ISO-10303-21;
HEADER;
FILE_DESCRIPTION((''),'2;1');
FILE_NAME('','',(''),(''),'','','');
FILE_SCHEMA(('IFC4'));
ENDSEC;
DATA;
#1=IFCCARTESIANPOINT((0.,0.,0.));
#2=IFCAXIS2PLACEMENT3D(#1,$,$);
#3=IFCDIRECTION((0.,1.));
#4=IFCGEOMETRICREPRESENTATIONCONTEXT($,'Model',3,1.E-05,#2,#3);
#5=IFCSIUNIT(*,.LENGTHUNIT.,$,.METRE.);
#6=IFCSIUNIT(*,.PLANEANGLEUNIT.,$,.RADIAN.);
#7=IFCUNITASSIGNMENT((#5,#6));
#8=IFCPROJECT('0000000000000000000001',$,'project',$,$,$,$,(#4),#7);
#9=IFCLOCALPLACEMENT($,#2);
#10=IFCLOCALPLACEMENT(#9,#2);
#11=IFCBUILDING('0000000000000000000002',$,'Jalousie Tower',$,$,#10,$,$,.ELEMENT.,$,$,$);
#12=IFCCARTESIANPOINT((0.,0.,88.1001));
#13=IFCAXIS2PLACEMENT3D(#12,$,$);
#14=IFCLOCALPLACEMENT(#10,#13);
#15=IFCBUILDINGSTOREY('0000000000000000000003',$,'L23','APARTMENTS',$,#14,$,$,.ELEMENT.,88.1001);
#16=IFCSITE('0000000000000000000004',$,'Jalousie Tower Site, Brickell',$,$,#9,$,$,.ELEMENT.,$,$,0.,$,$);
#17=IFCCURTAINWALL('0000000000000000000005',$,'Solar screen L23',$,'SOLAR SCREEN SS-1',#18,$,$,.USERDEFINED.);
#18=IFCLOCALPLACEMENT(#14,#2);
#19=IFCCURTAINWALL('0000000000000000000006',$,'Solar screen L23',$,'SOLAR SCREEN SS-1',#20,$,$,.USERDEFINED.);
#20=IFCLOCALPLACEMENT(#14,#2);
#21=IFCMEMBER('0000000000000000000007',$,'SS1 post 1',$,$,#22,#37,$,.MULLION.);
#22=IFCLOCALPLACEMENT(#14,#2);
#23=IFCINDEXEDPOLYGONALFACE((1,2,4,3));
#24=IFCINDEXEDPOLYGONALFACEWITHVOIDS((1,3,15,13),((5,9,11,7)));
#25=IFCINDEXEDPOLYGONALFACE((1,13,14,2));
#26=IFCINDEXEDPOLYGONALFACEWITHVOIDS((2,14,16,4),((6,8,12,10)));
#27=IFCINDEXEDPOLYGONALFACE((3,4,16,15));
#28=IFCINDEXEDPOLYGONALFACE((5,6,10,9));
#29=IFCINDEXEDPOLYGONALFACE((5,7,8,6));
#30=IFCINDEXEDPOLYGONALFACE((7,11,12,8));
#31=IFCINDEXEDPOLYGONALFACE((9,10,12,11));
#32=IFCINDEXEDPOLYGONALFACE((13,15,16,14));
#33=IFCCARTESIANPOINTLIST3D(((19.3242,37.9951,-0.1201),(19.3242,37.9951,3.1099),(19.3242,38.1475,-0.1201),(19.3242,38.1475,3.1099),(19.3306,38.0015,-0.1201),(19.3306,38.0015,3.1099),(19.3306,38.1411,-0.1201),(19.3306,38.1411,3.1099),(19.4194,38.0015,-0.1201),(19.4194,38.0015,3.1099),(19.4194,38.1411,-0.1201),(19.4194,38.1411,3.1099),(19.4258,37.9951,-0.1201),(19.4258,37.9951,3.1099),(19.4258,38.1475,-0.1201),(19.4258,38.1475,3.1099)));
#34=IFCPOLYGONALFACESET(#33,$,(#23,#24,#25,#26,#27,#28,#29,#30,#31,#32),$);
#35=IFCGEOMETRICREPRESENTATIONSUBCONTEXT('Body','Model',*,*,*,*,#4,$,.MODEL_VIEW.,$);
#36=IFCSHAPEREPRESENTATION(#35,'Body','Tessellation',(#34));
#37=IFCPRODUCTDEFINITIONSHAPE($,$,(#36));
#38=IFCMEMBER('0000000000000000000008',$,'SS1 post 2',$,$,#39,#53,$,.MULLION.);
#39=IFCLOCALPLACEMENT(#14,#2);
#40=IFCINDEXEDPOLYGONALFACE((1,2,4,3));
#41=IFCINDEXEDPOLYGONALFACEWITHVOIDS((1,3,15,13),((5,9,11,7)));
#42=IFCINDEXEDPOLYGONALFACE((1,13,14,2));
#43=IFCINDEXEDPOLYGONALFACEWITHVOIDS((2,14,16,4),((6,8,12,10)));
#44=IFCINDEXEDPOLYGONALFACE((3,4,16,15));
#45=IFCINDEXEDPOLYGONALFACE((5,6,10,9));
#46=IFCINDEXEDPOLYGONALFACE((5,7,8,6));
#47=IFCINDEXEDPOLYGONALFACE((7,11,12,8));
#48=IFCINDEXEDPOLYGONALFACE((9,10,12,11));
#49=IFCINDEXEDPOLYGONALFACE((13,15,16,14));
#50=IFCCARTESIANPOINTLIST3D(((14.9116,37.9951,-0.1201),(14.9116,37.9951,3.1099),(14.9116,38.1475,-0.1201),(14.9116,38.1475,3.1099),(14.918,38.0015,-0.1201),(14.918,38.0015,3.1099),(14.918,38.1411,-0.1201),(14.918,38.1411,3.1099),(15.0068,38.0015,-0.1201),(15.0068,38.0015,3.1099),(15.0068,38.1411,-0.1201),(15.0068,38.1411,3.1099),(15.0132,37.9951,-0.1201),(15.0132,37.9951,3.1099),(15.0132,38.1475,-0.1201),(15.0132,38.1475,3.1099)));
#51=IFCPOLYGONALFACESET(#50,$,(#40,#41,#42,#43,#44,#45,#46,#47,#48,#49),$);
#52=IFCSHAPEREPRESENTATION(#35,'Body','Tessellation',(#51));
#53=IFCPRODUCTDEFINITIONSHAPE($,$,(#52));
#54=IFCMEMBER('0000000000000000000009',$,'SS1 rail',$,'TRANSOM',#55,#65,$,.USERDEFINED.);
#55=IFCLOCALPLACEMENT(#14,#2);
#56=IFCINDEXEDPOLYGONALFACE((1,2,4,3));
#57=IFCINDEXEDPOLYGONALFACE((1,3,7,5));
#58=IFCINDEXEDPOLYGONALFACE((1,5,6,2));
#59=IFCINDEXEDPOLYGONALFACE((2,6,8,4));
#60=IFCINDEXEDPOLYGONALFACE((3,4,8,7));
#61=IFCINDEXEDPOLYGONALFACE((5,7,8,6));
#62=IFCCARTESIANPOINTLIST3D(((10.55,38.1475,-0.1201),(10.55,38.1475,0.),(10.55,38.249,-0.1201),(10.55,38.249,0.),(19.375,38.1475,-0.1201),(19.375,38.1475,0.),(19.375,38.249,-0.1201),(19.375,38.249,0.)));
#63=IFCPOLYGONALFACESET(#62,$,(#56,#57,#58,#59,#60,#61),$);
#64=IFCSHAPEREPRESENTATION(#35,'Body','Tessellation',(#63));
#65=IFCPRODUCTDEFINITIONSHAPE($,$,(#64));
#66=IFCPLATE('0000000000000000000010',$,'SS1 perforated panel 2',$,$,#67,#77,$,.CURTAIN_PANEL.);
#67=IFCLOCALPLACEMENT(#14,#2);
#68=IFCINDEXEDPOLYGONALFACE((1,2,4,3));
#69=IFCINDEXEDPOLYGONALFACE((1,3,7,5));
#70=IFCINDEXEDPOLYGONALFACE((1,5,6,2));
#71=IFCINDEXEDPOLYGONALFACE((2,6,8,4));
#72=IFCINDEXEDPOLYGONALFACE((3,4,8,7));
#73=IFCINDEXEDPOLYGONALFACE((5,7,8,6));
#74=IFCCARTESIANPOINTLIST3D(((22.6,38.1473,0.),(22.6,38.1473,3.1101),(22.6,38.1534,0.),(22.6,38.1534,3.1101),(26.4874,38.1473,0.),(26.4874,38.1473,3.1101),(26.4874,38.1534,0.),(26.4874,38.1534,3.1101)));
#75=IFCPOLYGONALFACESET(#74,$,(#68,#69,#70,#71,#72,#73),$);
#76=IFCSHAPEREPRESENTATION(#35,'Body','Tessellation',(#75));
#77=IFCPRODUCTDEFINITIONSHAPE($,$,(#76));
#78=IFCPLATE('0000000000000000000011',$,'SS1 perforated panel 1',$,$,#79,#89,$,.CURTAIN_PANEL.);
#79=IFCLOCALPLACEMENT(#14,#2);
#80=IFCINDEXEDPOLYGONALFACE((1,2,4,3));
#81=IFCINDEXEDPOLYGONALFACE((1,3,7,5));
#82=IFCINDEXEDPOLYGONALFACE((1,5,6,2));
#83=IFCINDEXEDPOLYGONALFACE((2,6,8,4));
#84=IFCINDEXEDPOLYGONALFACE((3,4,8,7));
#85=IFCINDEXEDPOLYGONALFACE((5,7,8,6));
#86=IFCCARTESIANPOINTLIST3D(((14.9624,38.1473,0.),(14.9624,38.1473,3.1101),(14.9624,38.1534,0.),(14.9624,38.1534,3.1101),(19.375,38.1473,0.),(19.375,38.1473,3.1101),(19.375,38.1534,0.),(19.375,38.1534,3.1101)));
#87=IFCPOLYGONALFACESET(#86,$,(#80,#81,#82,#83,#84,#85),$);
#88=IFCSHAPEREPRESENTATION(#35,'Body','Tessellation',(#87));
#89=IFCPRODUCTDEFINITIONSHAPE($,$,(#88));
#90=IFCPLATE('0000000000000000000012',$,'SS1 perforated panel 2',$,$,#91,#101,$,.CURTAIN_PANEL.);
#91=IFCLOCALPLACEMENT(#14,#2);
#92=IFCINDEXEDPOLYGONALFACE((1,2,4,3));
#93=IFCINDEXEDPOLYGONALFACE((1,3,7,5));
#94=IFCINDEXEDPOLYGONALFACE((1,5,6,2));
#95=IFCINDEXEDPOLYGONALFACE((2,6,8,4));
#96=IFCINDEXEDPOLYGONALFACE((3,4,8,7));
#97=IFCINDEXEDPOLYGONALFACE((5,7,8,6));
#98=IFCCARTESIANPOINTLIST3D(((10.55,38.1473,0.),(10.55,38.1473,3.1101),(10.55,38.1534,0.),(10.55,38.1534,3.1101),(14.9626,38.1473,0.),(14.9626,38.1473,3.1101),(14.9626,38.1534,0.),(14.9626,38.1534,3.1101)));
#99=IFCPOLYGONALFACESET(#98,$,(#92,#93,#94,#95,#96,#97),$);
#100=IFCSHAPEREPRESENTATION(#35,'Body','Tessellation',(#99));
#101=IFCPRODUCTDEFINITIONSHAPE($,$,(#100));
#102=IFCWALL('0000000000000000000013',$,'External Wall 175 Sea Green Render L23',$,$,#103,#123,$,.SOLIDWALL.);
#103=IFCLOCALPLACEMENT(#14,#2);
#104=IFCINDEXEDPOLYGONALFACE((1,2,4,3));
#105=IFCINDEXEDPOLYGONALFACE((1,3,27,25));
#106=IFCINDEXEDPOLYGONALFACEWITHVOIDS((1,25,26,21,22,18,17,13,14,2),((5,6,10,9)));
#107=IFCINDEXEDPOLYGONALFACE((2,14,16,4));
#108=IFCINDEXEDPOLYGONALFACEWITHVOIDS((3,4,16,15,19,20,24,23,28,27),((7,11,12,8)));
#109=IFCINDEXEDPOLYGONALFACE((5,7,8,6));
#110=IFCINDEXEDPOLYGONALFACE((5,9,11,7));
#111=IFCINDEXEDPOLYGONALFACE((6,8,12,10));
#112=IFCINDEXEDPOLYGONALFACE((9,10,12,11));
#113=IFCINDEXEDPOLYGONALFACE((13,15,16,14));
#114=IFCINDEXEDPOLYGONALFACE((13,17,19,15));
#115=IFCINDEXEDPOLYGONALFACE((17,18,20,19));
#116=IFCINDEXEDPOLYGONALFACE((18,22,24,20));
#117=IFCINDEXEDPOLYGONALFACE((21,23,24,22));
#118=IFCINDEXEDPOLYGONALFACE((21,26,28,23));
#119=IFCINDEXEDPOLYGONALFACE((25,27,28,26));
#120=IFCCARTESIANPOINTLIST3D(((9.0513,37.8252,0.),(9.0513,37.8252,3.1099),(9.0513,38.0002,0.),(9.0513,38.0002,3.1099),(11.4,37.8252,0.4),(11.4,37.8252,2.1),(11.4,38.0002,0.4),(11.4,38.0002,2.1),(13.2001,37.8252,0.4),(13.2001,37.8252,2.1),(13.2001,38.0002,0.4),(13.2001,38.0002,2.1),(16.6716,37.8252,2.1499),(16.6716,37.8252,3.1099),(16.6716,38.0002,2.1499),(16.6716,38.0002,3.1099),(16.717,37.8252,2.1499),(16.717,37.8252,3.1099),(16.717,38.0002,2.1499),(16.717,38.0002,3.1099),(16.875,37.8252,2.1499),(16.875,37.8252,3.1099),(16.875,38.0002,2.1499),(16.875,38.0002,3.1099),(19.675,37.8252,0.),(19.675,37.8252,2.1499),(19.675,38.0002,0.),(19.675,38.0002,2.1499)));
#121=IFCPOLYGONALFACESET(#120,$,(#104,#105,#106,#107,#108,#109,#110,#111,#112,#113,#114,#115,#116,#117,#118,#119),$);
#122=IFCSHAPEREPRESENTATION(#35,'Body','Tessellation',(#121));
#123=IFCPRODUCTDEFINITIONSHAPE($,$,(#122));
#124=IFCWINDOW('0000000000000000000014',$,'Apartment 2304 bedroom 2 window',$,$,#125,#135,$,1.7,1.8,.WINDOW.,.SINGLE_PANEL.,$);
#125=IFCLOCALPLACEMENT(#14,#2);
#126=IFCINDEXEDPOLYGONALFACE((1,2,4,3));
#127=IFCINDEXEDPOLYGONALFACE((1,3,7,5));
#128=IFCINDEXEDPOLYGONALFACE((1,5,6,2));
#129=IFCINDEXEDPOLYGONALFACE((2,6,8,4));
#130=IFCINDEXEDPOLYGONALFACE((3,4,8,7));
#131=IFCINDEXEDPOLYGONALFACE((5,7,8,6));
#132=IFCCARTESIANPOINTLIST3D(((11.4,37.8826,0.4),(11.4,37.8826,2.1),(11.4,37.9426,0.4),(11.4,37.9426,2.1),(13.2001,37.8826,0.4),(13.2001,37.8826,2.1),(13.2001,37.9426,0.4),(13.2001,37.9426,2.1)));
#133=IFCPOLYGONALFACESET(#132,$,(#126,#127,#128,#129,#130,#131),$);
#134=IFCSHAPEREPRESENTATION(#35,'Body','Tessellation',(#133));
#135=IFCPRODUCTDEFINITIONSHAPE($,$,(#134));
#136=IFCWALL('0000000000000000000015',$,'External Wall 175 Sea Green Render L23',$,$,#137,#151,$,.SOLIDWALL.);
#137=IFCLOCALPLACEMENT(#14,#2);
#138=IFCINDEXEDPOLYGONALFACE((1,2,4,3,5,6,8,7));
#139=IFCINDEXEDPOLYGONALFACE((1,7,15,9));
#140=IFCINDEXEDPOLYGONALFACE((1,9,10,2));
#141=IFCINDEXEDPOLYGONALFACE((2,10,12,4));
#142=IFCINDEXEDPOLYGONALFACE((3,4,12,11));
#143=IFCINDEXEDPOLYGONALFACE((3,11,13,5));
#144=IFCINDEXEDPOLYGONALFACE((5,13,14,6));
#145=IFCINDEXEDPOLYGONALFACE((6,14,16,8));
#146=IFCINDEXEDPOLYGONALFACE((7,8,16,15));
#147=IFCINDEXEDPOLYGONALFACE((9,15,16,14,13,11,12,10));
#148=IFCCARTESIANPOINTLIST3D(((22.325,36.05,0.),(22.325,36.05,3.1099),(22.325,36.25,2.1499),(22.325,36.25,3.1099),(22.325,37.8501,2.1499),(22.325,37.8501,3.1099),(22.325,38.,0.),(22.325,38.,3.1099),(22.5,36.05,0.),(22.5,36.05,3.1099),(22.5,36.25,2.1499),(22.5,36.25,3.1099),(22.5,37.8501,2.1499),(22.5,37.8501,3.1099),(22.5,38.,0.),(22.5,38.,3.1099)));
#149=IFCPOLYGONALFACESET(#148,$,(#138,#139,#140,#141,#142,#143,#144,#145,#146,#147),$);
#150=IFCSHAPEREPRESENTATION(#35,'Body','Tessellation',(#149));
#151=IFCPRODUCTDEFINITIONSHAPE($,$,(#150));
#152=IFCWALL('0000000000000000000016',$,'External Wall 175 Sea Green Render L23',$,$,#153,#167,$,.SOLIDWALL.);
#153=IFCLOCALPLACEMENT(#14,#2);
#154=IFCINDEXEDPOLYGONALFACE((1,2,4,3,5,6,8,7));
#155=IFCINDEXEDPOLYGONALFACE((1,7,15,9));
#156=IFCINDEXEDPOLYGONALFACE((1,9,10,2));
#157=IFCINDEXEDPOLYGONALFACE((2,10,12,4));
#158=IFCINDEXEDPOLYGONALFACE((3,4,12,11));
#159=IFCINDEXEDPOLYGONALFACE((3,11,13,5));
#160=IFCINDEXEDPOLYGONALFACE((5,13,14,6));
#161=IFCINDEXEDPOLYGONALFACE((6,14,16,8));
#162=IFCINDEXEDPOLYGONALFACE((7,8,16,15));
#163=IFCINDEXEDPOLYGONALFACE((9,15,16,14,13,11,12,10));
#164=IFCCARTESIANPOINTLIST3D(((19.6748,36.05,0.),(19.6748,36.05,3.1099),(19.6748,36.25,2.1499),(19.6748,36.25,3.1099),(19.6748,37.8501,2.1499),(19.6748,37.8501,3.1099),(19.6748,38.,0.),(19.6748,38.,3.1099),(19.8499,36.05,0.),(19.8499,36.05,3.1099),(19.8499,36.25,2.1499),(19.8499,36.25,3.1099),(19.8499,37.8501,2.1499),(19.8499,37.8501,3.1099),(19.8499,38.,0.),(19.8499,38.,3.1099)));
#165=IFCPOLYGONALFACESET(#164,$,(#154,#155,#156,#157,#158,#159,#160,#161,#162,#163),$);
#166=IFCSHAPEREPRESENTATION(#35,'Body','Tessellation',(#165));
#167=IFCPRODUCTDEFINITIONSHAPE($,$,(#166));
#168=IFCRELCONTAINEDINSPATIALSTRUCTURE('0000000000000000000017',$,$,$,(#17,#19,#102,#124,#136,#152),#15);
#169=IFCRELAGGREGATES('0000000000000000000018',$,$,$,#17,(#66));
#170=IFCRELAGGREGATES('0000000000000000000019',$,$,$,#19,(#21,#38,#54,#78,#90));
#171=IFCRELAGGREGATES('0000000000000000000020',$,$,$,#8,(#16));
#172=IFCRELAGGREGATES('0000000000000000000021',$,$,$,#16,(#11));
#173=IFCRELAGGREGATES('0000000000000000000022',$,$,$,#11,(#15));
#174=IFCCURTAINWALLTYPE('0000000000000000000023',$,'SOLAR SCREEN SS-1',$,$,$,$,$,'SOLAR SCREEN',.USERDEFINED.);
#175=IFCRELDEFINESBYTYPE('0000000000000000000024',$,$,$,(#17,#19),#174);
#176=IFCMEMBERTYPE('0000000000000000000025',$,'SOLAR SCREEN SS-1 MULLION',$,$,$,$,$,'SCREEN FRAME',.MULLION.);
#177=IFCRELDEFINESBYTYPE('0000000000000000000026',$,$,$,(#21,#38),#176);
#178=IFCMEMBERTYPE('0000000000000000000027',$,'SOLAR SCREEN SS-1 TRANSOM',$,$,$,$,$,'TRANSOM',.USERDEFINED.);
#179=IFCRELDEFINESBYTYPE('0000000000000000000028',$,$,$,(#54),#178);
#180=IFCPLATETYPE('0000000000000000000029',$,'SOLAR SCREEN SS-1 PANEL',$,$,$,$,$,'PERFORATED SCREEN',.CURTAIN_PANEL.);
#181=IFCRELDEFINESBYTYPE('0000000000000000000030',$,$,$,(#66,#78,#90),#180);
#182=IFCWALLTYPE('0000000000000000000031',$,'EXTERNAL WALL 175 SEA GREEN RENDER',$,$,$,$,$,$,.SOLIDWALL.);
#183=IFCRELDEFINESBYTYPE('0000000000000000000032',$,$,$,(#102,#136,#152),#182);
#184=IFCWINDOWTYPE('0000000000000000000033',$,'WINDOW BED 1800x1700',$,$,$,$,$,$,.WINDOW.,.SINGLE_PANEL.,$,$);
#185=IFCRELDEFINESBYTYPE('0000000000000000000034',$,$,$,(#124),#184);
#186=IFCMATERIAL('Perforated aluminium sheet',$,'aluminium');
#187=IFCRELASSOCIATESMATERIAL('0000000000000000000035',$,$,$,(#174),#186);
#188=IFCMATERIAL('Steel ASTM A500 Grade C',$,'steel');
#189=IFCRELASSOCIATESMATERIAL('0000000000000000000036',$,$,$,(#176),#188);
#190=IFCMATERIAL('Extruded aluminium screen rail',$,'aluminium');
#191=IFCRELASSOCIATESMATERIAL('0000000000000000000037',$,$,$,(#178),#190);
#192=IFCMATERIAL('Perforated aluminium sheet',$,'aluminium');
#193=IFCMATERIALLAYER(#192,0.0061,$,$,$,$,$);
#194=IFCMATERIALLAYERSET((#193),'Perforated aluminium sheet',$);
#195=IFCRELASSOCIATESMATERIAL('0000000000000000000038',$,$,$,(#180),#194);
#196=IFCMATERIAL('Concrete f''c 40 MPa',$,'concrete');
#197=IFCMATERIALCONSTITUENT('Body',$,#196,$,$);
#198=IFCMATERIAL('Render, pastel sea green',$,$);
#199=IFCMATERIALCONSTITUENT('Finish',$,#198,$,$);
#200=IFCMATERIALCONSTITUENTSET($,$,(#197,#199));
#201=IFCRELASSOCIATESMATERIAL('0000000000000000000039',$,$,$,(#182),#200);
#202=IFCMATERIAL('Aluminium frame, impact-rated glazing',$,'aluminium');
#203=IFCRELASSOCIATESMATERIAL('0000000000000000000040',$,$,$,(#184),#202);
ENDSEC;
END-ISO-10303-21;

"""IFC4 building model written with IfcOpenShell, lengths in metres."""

from ifc_helpers import new_model, si_unit, direction, frame, frame_2d, origin, origin_2d, place, context, subcontext, project, spatial, polyline, rectangle, hollow_rectangle, outline, extrude, material, layer, layer_set, constituent, constituent_set, material_profile, profile_set, type_object, element, fill, aggregate, save


model = new_model("IFC4")

# Units and contexts
model_context = context("Model", 3, precision=1e-05, world=origin(), true_north=direction((0.0, 1.0)))
body_context = subcontext(model_context, "Body", "Model", "MODEL_VIEW")
ifc_project = project(units=[si_unit("LENGTHUNIT", "METRE"), si_unit("PLANEANGLEUNIT", "RADIAN")], contexts=[model_context])

# Site, building, storey
site_placement = place(None, origin())
site = spatial("IfcSite", under=ifc_project, at=site_placement, Name="Jalousie Tower Site, Brickell", CompositionType="ELEMENT", RefElevation=0.0)
building_placement = place(site_placement, origin())
building = spatial("IfcBuilding", under=site, at=building_placement, Name="Jalousie Tower", CompositionType="ELEMENT")
storey_placement = place(building_placement, frame((0.0, 0.0, 88.1001)))
storey = spatial("IfcBuildingStorey", under=building, at=storey_placement, Name="L23", Description="APARTMENTS", CompositionType="ELEMENT", Elevation=88.1001)

# Curtain walls, members
ifc_material_1 = material(Name="Perforated aluminium sheet", Category="aluminium")
curtain_wall_type = type_object("IfcCurtainWallType", Name="SOLAR SCREEN SS-1", ElementType="SOLAR SCREEN", PredefinedType="USERDEFINED", material=ifc_material_1)
curtain_wall_1_placement = place(storey_placement, origin())
curtain_wall_1 = element("IfcCurtainWall", 1, at=curtain_wall_1_placement, inside=storey, type_object=curtain_wall_type, Name="Solar screen L23", ObjectType="SOLAR SCREEN SS-1", PredefinedType="USERDEFINED")
ifc_material_2 = material(Name="Steel ASTM A500 Grade C", Category="steel")
ifc_material_profile_1 = material_profile(ifc_material_2, hollow_rectangle(XDim=0.1016, YDim=0.1523, WallThickness=0.0063, at=origin_2d()), Name="HSS6X4X1/4")
ifc_profile_set_1 = profile_set([ifc_material_profile_1], Name="Steel ASTM A500 Grade C")
member_type_1 = type_object("IfcMemberType", Name="SOLAR SCREEN SS-1 MULLION", ElementType="SCREEN FRAME", PredefinedType="MULLION", material=ifc_profile_set_1)
curtain_wall_2_placement = place(storey_placement, origin())
curtain_wall_2 = element("IfcCurtainWall", 2, at=curtain_wall_2_placement, inside=storey, type_object=curtain_wall_type, Name="Solar screen L23", ObjectType="SOLAR SCREEN SS-1", PredefinedType="USERDEFINED")
member_1_placement = place(storey_placement, frame((19.375, 38.0713, -0.1201), z_axis=(0.0, 0.0, 1.0), x_axis=(-1.0, 0.0, 0.0)))
member_1 = element("IfcMember", 3, at=member_1_placement, type_object=member_type_1, Name="SS1 post 1", PredefinedType="MULLION", context=body_context, shape_type="SweptSolid", body=[
    extrude(hollow_rectangle(XDim=0.1016, YDim=0.1523, WallThickness=0.0063, at=origin_2d()), origin(), (0.0, 0.0, 1.0), 3.23),
])
member_2_placement = place(storey_placement, frame((14.9624, 38.0713, -0.1201), z_axis=(0.0, 0.0, 1.0), x_axis=(-1.0, 0.0, 0.0)))
member_2 = element("IfcMember", 4, at=member_2_placement, type_object=member_type_1, Name="SS1 post 2", PredefinedType="MULLION", context=body_context, shape_type="SweptSolid", body=[
    extrude(hollow_rectangle(XDim=0.1016, YDim=0.1523, WallThickness=0.0063, at=origin_2d()), origin(), (0.0, 0.0, 1.0), 3.23),
])
ifc_material_3 = material(Name="Extruded aluminium screen rail", Category="aluminium")
ifc_material_profile_2 = material_profile(ifc_material_3, rectangle(XDim=0.1016, YDim=0.1201, at=origin_2d()), Name="RAIL 102x120")
ifc_profile_set_2 = profile_set([ifc_material_profile_2], Name="Extruded aluminium screen rail")
member_type_2 = type_object("IfcMemberType", Name="SOLAR SCREEN SS-1 TRANSOM", ElementType="TRANSOM", PredefinedType="USERDEFINED", material=ifc_profile_set_2)
member_3_placement = place(storey_placement, frame((19.375, 38.1982, -0.0601), z_axis=(-1.0, 0.0, 0.0), x_axis=(0.0, -1.0, 0.0)))
member_3 = element("IfcMember", 5, at=member_3_placement, type_object=member_type_2, Name="SS1 rail", ObjectType="TRANSOM", PredefinedType="USERDEFINED", context=body_context, shape_type="SweptSolid", body=[
    extrude(rectangle(XDim=0.1016, YDim=0.1201, at=origin_2d()), origin(), (0.0, 0.0, 1.0), 8.825),
])

# Plates
ifc_material_4 = material(Name="Perforated aluminium sheet", Category="aluminium")
ifc_layer_1 = layer(ifc_material_4, 0.0061)
ifc_layer_set_1 = layer_set([ifc_layer_1], Name="Perforated aluminium sheet")
plate_type = type_object("IfcPlateType", Name="SOLAR SCREEN SS-1 PANEL", ElementType="PERFORATED SCREEN", PredefinedType="CURTAIN_PANEL", material=ifc_layer_set_1)
plate_1_placement = place(storey_placement, frame((24.5437, 38.1504, 0.0), z_axis=(0.0, 0.0, 1.0), x_axis=(-1.0, 0.0, 0.0)))
plate_1 = element("IfcPlate", 6, at=plate_1_placement, type_object=plate_type, Name="SS1 perforated panel 2", PredefinedType="CURTAIN_PANEL", context=body_context, shape_type="SweptSolid", body=[
    extrude(rectangle(XDim=3.8875, YDim=0.0061, at=origin_2d()), origin(), (0.0, 0.0, 1.0), 3.1101),
])
aggregate(curtain_wall_1, [plate_1])
plate_2_placement = place(storey_placement, frame((17.1687, 38.1504, 0.0), z_axis=(0.0, 0.0, 1.0), x_axis=(-1.0, 0.0, 0.0)))
plate_2 = element("IfcPlate", 7, at=plate_2_placement, type_object=plate_type, Name="SS1 perforated panel 1", PredefinedType="CURTAIN_PANEL", context=body_context, shape_type="SweptSolid", body=[
    extrude(rectangle(XDim=4.4126, YDim=0.0061, at=origin_2d()), origin(), (0.0, 0.0, 1.0), 3.1101),
])
plate_3_placement = place(storey_placement, frame((12.7563, 38.1504, 0.0), z_axis=(0.0, 0.0, 1.0), x_axis=(-1.0, 0.0, 0.0)))
plate_3 = element("IfcPlate", 8, at=plate_3_placement, type_object=plate_type, Name="SS1 perforated panel 2", PredefinedType="CURTAIN_PANEL", context=body_context, shape_type="SweptSolid", body=[
    extrude(rectangle(XDim=4.4126, YDim=0.0061, at=origin_2d()), origin(), (0.0, 0.0, 1.0), 3.1101),
])
aggregate(curtain_wall_2, [member_1, member_2, member_3, plate_2, plate_3])

# Wall, opening, window
ifc_material_5 = material(Name="Concrete f'c 40 MPa", Category="concrete")
ifc_constituent_1 = constituent(ifc_material_5, Name="Body")
ifc_material_6 = material(Name="Render, pastel sea green")
ifc_constituent_2 = constituent(ifc_material_6, Name="Finish")
ifc_constituent_set_1 = constituent_set(constituents=[ifc_constituent_1, ifc_constituent_2])
wall_type_1 = type_object("IfcWallType", Name="EXTERNAL WALL 175 SEA GREEN RENDER", PredefinedType="SOLIDWALL", material=ifc_constituent_set_1)
wall_1_placement = place(storey_placement, frame((19.675, 37.9126, 0.0), z_axis=(0.0, 0.0, 1.0), x_axis=(-1.0, 0.0, 0.0)))
wall_1 = element("IfcWall", 9, at=wall_1_placement, inside=storey, type_object=wall_type_1, Name="External Wall 175 Sea Green Render L23", PredefinedType="SOLIDWALL", context=body_context, shape_type="SweptSolid", body=[
    extrude(outline(polyline([(0.0, 0.0), (10.6238, 0.0), (10.6238, 3.1099), (3.0034, 3.1099), (3.0034, 2.1499), (2.958, 2.1499), (2.958, 3.1099), (2.8, 3.1099), (2.8, 2.1499), (0.0, 2.1499), (0.0, 0.0)])), frame((0.0, 0.0874, 0.0), z_axis=(0.0, -1.0, 0.0), x_axis=(1.0, 0.0, 0.0)), (0.0, 0.0, 1.0), 0.175),
])
opening_1_placement = place(wall_1_placement, frame((6.4751, 0.0, 0.3999)))
opening_1 = element("IfcOpeningElement", 10, at=opening_1_placement, cuts=wall_1, PredefinedType="OPENING", context=body_context, shape_type="SweptSolid", body=[
    extrude(rectangle(XDim=1.8, YDim=1.7, at=frame_2d((0.8999, 0.8501))), frame((0.0, 0.0974, 0.0), z_axis=(0.0, -1.0, 0.0), x_axis=(1.0, 0.0, 0.0)), (0.0, 0.0, 1.0), 0.1951),
])
ifc_material_7 = material(Name="Aluminium frame, impact-rated glazing", Category="aluminium")
window_type = type_object("IfcWindowType", Name="WINDOW BED 1800x1700", PartitioningType="SINGLE_PANEL", PredefinedType="WINDOW", material=ifc_material_7)
window_placement = place(opening_1_placement, origin())
window = element("IfcWindow", 11, at=window_placement, inside=storey, type_object=window_type, Name="Apartment 2304 bedroom 2 window", OverallHeight=1.7, OverallWidth=1.8, PartitioningType="SINGLE_PANEL", PredefinedType="WINDOW", context=body_context, shape_type="SweptSolid", body=[
    extrude(rectangle(XDim=1.8, YDim=1.7, at=frame_2d((0.8999, 0.8501))), frame((0.0, 0.03, 0.0), z_axis=(0.0, -1.0, 0.0), x_axis=(1.0, 0.0, 0.0)), (0.0, 0.0, 1.0), 0.0601),
])
fill(opening_1, window)

# Walls
for number, where, z_axis, x_axis, name in (
    (12, (22.4126, 38.0, 0.0), (0.0, 0.0, 1.0), (0.0, -1.0, 0.0), "External Wall 175 Sea Green Render L23"),
    (13, (19.7625, 38.0, 0.0), (0.0, 0.0, 1.0), (0.0, -1.0, 0.0), "External Wall 175 Sea Green Render L23"),
):
    element("IfcWall", number, at=place(storey_placement, frame(where, z_axis=z_axis, x_axis=x_axis)), inside=storey, type_object=wall_type_1, Name=name, PredefinedType="SOLIDWALL", context=body_context, shape_type="SweptSolid", body=[
        extrude(outline(polyline([(0.0, 0.0), (1.95, 0.0), (1.95, 3.1099), (1.75, 3.1099), (1.75, 2.1499), (0.1499, 2.1499), (0.1499, 3.1099), (0.0, 3.1099), (0.0, 0.0)])), frame((0.0, 0.0874, 0.0), z_axis=(0.0, -1.0, 0.0), x_axis=(1.0, 0.0, 0.0)), (0.0, 0.0, 1.0), 0.175),
    ])

save(model, "model.ifc")
